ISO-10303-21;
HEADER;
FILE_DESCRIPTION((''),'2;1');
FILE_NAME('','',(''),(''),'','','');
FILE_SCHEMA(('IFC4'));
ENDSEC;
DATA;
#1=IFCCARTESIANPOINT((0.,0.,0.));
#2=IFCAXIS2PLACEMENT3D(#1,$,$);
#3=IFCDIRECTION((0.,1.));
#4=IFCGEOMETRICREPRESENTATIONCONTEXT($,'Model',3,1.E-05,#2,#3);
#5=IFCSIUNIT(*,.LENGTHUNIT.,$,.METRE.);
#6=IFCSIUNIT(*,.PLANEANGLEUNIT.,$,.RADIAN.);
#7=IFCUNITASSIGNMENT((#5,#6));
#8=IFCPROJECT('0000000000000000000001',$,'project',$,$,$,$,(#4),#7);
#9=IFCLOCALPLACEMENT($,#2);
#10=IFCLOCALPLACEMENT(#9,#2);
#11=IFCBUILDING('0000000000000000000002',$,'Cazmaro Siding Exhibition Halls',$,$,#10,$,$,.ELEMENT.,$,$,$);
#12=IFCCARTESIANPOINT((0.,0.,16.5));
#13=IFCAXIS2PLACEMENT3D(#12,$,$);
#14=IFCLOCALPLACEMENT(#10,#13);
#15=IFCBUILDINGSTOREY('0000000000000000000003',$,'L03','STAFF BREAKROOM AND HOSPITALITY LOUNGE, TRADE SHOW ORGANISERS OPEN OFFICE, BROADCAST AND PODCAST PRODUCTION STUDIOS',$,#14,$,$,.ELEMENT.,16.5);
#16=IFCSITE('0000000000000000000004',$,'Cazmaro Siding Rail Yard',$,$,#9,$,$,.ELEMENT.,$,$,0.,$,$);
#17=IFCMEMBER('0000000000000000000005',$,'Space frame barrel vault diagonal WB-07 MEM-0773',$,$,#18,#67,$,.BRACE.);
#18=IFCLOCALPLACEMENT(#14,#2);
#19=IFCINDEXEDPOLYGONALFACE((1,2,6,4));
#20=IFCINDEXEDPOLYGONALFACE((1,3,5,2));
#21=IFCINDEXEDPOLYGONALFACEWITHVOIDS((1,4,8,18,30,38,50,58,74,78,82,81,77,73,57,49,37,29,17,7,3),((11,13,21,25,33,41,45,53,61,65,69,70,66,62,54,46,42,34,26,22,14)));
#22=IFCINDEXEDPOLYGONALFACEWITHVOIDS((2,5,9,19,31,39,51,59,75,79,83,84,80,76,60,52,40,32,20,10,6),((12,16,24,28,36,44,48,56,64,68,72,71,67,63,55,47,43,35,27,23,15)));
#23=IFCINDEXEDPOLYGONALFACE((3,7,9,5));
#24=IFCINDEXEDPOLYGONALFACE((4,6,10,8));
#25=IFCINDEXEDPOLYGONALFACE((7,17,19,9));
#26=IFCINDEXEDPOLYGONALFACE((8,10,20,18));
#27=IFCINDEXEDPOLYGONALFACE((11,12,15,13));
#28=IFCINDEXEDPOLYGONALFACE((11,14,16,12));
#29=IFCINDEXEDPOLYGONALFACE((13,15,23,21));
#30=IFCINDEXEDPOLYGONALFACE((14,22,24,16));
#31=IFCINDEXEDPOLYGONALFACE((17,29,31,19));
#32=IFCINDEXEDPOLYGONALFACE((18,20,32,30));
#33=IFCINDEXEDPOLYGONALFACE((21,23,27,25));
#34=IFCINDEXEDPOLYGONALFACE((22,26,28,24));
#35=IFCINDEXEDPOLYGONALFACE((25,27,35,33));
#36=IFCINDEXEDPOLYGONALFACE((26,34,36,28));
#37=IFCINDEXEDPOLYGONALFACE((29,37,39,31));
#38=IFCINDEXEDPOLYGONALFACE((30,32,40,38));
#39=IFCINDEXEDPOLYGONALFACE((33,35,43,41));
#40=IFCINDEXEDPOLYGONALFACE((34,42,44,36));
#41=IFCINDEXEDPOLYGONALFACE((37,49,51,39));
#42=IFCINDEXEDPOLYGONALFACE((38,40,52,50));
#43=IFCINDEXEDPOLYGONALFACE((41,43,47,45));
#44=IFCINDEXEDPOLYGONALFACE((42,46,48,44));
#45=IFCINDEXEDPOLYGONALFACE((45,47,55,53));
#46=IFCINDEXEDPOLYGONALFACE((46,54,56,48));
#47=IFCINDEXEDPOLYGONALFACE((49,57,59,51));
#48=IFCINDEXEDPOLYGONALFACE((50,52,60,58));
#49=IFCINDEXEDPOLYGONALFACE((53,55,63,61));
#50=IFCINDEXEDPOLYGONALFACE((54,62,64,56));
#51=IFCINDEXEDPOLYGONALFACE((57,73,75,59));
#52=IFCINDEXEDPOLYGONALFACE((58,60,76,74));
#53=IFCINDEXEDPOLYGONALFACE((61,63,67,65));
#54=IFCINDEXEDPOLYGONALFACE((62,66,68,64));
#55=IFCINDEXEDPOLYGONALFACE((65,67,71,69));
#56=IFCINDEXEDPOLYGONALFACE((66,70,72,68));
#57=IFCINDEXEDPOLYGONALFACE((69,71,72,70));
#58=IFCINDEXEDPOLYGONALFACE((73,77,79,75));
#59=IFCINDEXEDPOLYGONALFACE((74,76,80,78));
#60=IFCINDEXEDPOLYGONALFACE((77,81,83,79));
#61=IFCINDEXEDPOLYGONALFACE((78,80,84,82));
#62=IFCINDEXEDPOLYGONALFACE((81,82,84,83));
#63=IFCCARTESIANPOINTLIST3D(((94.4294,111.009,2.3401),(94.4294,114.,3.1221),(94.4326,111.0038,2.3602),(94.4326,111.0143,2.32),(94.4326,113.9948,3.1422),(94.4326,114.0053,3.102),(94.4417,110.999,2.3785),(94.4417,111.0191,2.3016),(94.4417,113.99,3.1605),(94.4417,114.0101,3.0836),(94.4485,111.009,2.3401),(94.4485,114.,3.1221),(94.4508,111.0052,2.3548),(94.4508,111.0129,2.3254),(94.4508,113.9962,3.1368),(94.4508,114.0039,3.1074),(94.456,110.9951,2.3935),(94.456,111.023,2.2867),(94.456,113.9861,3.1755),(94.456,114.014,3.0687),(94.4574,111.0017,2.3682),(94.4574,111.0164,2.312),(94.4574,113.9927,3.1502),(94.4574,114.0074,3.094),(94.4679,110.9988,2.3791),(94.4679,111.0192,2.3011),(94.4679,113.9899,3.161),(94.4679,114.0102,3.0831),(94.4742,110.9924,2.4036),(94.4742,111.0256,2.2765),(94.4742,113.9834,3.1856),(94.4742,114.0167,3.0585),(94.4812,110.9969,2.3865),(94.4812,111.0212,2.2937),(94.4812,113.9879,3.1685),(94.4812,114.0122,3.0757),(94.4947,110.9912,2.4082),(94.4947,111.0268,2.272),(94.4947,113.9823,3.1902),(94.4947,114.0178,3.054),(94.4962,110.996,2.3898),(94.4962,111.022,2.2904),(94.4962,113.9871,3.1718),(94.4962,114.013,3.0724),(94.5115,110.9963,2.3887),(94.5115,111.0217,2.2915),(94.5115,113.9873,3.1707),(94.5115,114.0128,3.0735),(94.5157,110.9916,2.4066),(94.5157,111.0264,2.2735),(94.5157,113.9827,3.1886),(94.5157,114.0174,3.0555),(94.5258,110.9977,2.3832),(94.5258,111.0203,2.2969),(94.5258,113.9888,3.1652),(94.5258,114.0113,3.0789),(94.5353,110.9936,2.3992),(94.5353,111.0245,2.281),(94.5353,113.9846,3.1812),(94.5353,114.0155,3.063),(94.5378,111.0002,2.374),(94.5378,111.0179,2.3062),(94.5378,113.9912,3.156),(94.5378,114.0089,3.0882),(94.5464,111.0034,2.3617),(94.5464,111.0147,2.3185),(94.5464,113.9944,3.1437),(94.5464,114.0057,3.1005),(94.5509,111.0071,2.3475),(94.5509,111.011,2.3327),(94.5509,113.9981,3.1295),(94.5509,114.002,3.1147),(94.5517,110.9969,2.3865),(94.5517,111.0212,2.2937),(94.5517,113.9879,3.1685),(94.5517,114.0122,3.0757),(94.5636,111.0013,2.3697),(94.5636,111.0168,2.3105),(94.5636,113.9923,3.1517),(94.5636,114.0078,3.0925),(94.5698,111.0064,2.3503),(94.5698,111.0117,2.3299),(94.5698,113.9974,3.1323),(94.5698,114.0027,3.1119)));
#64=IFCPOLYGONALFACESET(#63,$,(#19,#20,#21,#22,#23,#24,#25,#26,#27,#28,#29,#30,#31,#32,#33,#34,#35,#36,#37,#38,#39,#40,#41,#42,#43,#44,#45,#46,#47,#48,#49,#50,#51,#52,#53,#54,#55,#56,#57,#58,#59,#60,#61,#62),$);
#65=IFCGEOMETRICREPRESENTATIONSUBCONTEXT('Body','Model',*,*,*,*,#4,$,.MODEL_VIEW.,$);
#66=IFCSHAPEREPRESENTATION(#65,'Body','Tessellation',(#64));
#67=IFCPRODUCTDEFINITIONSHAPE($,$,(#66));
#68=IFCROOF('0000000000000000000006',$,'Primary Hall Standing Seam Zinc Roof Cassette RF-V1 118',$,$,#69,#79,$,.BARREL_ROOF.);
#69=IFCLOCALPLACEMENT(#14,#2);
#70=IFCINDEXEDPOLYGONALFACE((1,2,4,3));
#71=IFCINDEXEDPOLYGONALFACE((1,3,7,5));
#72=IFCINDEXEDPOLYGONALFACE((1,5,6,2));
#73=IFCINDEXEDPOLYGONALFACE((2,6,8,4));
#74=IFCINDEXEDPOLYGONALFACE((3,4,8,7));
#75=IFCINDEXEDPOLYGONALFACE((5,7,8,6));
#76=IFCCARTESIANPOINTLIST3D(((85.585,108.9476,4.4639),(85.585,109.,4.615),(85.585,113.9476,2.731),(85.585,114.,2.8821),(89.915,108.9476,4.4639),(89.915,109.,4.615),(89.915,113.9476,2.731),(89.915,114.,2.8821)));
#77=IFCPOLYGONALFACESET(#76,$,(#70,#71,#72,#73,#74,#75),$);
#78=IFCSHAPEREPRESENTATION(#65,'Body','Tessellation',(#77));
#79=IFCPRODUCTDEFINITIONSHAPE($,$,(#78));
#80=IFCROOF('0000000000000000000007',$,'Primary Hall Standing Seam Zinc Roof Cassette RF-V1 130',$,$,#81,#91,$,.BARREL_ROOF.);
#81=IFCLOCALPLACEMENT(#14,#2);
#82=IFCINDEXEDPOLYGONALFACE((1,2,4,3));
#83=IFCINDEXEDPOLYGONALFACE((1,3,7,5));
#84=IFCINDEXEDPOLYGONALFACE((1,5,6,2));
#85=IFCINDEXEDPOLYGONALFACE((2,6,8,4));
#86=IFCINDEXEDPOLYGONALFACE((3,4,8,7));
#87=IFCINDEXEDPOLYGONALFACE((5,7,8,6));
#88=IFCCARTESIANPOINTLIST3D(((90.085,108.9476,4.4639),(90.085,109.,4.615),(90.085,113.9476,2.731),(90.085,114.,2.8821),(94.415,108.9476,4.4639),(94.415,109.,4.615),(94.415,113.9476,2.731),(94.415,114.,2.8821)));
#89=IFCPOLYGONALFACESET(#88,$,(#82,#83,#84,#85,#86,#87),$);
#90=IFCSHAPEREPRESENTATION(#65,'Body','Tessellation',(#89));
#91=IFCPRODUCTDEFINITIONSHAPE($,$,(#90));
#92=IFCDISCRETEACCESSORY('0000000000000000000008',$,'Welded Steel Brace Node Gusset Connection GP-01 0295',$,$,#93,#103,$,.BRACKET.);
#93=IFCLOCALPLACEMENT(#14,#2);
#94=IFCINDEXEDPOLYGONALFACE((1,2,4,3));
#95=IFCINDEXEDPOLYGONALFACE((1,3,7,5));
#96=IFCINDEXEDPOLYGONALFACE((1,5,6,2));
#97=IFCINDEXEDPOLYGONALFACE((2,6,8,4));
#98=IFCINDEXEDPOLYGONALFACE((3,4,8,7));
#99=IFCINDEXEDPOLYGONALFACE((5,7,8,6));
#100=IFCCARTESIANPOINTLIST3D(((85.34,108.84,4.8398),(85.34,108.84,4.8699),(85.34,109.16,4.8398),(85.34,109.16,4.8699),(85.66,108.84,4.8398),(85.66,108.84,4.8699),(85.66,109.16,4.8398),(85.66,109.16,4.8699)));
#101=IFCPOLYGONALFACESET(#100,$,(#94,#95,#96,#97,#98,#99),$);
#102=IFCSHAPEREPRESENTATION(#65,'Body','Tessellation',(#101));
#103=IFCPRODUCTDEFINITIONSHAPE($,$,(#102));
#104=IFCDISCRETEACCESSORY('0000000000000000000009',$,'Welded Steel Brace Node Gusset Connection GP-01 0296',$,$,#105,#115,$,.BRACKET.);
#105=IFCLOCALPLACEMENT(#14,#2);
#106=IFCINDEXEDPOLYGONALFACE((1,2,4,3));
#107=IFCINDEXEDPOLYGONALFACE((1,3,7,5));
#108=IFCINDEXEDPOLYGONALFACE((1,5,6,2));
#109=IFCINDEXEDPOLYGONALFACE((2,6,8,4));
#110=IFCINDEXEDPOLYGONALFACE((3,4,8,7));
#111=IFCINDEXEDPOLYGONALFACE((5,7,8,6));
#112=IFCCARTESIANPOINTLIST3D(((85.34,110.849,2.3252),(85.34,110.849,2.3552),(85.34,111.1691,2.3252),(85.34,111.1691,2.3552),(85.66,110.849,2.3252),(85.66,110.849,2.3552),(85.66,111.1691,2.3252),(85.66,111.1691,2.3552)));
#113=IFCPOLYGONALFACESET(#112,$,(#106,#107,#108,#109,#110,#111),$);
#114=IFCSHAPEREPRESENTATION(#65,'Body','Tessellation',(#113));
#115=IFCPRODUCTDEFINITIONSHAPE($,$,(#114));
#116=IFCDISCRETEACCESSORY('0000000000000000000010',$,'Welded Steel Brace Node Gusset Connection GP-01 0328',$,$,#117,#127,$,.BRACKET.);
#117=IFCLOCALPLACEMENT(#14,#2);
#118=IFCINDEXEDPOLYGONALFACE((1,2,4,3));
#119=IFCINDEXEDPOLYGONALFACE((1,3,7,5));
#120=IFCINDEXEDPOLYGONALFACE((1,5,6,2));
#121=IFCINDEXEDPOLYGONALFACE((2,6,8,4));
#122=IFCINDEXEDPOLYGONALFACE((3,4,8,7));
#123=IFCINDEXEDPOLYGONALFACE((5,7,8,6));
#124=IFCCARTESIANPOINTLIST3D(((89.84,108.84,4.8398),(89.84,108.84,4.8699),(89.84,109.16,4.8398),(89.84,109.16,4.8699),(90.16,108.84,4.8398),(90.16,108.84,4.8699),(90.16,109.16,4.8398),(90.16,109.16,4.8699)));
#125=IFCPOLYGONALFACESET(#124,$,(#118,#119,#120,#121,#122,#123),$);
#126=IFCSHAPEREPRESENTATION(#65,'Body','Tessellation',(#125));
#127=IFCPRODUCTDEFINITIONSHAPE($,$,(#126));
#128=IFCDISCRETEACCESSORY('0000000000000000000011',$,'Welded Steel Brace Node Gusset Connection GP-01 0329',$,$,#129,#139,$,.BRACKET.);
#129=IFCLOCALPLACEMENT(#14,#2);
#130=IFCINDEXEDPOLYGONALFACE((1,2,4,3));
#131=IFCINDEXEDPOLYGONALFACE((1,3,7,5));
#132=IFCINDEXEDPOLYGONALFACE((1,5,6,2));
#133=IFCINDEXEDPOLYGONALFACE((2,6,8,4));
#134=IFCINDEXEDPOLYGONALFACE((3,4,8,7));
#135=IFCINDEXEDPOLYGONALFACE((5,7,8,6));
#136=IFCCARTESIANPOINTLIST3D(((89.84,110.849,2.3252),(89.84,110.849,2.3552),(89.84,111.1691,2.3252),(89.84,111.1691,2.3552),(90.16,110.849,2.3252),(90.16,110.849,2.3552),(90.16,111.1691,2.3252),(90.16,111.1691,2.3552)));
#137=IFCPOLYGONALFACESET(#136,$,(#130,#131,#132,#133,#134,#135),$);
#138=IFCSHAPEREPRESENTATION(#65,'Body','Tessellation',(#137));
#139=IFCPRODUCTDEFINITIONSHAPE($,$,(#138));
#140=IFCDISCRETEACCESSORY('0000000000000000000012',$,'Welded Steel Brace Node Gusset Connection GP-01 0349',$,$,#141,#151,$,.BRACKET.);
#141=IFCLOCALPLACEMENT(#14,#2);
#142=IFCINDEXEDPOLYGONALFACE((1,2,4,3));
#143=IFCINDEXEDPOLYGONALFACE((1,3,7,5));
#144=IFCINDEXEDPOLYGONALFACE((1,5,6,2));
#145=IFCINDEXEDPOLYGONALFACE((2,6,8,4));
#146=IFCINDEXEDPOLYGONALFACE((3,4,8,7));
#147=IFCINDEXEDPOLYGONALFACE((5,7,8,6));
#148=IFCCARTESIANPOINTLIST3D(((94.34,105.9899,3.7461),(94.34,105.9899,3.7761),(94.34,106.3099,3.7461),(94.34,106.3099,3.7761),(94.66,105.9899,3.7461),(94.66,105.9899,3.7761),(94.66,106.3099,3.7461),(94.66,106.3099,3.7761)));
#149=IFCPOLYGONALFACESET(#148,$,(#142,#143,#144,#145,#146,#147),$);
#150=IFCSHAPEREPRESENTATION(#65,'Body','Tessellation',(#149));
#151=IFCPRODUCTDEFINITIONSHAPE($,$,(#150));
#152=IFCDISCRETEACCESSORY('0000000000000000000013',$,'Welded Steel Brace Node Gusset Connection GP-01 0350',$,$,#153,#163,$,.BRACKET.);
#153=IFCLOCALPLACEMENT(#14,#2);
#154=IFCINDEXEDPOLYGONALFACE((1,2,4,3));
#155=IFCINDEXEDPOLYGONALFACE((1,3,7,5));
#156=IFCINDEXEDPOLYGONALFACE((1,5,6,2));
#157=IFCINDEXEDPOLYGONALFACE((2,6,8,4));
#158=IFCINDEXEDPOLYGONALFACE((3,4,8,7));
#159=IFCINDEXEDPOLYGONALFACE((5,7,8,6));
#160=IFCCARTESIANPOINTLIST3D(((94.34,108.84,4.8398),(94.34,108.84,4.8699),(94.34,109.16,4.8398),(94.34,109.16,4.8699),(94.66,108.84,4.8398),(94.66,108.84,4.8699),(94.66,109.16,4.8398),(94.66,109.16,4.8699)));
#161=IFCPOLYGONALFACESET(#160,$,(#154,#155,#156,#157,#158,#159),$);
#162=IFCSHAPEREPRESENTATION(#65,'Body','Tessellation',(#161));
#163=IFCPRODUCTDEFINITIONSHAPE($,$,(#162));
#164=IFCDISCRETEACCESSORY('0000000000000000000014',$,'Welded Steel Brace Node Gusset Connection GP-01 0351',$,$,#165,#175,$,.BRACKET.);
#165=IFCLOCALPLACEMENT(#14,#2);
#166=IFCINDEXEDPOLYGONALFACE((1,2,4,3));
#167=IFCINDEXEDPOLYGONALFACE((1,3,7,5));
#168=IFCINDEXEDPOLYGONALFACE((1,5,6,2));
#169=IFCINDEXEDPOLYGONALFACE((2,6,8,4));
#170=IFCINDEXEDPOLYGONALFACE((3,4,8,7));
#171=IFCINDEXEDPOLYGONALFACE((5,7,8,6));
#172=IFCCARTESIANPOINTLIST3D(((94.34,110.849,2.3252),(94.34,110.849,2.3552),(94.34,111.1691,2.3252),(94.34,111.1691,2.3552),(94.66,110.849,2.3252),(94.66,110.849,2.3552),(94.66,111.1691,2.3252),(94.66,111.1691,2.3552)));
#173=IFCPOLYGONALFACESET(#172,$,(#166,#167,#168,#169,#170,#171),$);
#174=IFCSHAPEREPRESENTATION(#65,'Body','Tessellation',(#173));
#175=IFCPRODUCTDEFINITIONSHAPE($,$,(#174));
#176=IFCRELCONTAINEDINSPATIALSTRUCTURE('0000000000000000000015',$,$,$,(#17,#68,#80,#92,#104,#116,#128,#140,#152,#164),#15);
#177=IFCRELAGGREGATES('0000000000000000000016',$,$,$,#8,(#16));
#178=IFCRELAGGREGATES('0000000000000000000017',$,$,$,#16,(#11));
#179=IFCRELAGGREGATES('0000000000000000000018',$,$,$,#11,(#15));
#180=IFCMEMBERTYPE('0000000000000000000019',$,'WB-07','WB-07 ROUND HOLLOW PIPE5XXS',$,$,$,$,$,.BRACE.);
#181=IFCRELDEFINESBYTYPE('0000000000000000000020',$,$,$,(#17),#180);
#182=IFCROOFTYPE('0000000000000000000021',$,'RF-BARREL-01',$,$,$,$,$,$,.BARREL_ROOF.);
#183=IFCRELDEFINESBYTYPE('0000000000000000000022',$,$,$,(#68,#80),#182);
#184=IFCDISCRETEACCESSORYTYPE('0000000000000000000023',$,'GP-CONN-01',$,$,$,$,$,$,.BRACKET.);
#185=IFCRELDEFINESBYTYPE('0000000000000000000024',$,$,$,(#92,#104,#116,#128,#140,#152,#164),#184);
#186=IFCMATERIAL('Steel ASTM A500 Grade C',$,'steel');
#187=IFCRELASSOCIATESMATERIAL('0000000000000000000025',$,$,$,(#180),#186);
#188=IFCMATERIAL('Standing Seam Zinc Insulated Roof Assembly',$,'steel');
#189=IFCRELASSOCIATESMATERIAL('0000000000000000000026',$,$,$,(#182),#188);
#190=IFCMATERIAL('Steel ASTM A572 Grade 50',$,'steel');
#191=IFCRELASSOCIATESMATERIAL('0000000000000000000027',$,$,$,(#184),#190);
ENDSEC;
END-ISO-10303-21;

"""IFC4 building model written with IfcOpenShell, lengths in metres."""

from ifc_helpers import new_model, si_unit, direction, frame, origin, origin_2d, place, context, subcontext, project, spatial, polyline, rectangle, hollow_circle, outline, extrude, material, material_profile, profile_set, type_object, element, save


model = new_model("IFC4")

# Units and contexts
model_context = context("Model", 3, precision=1e-05, world=origin(), true_north=direction((0.0, 1.0)))
body_context = subcontext(model_context, "Body", "Model", "MODEL_VIEW")
ifc_project = project(units=[si_unit("LENGTHUNIT", "METRE"), si_unit("PLANEANGLEUNIT", "RADIAN")], contexts=[model_context])

# Site, building, storey
site_placement = place(None, origin())
site = spatial("IfcSite", under=ifc_project, at=site_placement, Name="Cazmaro Siding Rail Yard", CompositionType="ELEMENT", RefElevation=0.0)
building_placement = place(site_placement, origin())
building = spatial("IfcBuilding", under=site, at=building_placement, Name="Cazmaro Siding Exhibition Halls", CompositionType="ELEMENT")
storey_placement = place(building_placement, frame((0.0, 0.0, 16.5)))
storey = spatial("IfcBuildingStorey", under=building, at=storey_placement, Name="L03", Description="STAFF BREAKROOM AND HOSPITALITY LOUNGE, TRADE SHOW ORGANISERS OPEN OFFICE, BROADCAST AND PODCAST PRODUCTION STUDIOS", CompositionType="ELEMENT", Elevation=16.5)

# Member
ifc_material_1 = material(Name="Steel ASTM A500 Grade C", Category="steel")
ifc_material_profile_1 = material_profile(ifc_material_1, hollow_circle(Radius=0.0706, WallThickness=0.019, at=origin_2d()), Name="PIPE5XXS")
ifc_profile_set_1 = profile_set([ifc_material_profile_1], Name="Steel ASTM A500 Grade C")
member_type_1 = type_object("IfcMemberType", Name="WB-07", Description="WB-07 ROUND HOLLOW PIPE5XXS", PredefinedType="BRACE", material=ifc_profile_set_1)
member_1_placement = place(storey_placement, frame((94.5, 111.009, 2.3401), z_axis=(0.0, 0.96748, 0.252946), x_axis=(-1.0, 0.0, 0.0)))
element("IfcMember", 1, at=member_1_placement, inside=storey, type_object=member_type_1, Name="Space frame barrel vault diagonal WB-07 MEM-0773", PredefinedType="BRACE", context=body_context, shape_type="SweptSolid", body=[
    extrude(hollow_circle(Radius=0.0706, WallThickness=0.019, at=origin_2d()), origin(), (0.0, 0.0, 1.0), 3.0916),
])

# Roofs
ifc_material_2 = material(Name="Standing Seam Zinc Insulated Roof Assembly", Category="steel")
roof_type = type_object("IfcRoofType", Name="RF-BARREL-01", PredefinedType="BARREL_ROOF", material=ifc_material_2)
for number, where, z_axis, x_axis, name in (
    (2, (85.585, 109.0, 4.615), (0.0, 0.327472, 0.944861), (1.0, 0.0, 0.0), "Primary Hall Standing Seam Zinc Roof Cassette RF-V1 118"),
    (3, (90.085, 109.0, 4.615), (0.0, 0.327472, 0.944861), (1.0, 0.0, 0.0), "Primary Hall Standing Seam Zinc Roof Cassette RF-V1 130"),
):
    element("IfcRoof", number, at=place(storey_placement, frame(where, z_axis=z_axis, x_axis=x_axis)), inside=storey, type_object=roof_type, Name=name, PredefinedType="BARREL_ROOF", context=body_context, shape_type="SweptSolid", body=[
        extrude(outline(polyline([(0.0, 0.0), (4.3301, 0.0), (4.3301, 5.2918), (0.0, 5.2918), (0.0, 0.0)])), origin(), (0.0, 0.0, -1.0), 0.1599),
    ])

# Discrete accessories
ifc_material_3 = material(Name="Steel ASTM A572 Grade 50", Category="steel")
discrete_accessory_type = type_object("IfcDiscreteAccessoryType", Name="GP-CONN-01", PredefinedType="BRACKET", material=ifc_material_3)
for number, where, z_axis, x_axis, name in (
    (4, (85.5, 109.0, 4.8398), (0.0, 0.0, 1.0), (1.0, 0.0, 0.0), "Welded Steel Brace Node Gusset Connection GP-01 0295"),
    (5, (85.5, 111.009, 2.3252), (0.0, 0.0, 1.0), (1.0, 0.0, 0.0), "Welded Steel Brace Node Gusset Connection GP-01 0296"),
    (6, (90.0, 109.0, 4.8398), (0.0, 0.0, 1.0), (1.0, 0.0, 0.0), "Welded Steel Brace Node Gusset Connection GP-01 0328"),
    (7, (90.0, 111.009, 2.3252), (0.0, 0.0, 1.0), (1.0, 0.0, 0.0), "Welded Steel Brace Node Gusset Connection GP-01 0329"),
    (8, (94.5, 106.1499, 3.7461), (0.0, 0.0, 1.0), (1.0, 0.0, 0.0), "Welded Steel Brace Node Gusset Connection GP-01 0349"),
    (9, (94.5, 109.0, 4.8398), (0.0, 0.0, 1.0), (1.0, 0.0, 0.0), "Welded Steel Brace Node Gusset Connection GP-01 0350"),
    (10, (94.5, 111.009, 2.3252), (0.0, 0.0, 1.0), (1.0, 0.0, 0.0), "Welded Steel Brace Node Gusset Connection GP-01 0351"),
):
    element("IfcDiscreteAccessory", number, at=place(storey_placement, frame(where, z_axis=z_axis, x_axis=x_axis)), inside=storey, type_object=discrete_accessory_type, Name=name, PredefinedType="BRACKET", context=body_context, shape_type="SweptSolid", body=[
        extrude(rectangle(XDim=0.3201, YDim=0.3201, at=origin_2d()), origin(), (0.0, 0.0, 1.0), 0.03),
    ])

save(model, "model.ifc")
